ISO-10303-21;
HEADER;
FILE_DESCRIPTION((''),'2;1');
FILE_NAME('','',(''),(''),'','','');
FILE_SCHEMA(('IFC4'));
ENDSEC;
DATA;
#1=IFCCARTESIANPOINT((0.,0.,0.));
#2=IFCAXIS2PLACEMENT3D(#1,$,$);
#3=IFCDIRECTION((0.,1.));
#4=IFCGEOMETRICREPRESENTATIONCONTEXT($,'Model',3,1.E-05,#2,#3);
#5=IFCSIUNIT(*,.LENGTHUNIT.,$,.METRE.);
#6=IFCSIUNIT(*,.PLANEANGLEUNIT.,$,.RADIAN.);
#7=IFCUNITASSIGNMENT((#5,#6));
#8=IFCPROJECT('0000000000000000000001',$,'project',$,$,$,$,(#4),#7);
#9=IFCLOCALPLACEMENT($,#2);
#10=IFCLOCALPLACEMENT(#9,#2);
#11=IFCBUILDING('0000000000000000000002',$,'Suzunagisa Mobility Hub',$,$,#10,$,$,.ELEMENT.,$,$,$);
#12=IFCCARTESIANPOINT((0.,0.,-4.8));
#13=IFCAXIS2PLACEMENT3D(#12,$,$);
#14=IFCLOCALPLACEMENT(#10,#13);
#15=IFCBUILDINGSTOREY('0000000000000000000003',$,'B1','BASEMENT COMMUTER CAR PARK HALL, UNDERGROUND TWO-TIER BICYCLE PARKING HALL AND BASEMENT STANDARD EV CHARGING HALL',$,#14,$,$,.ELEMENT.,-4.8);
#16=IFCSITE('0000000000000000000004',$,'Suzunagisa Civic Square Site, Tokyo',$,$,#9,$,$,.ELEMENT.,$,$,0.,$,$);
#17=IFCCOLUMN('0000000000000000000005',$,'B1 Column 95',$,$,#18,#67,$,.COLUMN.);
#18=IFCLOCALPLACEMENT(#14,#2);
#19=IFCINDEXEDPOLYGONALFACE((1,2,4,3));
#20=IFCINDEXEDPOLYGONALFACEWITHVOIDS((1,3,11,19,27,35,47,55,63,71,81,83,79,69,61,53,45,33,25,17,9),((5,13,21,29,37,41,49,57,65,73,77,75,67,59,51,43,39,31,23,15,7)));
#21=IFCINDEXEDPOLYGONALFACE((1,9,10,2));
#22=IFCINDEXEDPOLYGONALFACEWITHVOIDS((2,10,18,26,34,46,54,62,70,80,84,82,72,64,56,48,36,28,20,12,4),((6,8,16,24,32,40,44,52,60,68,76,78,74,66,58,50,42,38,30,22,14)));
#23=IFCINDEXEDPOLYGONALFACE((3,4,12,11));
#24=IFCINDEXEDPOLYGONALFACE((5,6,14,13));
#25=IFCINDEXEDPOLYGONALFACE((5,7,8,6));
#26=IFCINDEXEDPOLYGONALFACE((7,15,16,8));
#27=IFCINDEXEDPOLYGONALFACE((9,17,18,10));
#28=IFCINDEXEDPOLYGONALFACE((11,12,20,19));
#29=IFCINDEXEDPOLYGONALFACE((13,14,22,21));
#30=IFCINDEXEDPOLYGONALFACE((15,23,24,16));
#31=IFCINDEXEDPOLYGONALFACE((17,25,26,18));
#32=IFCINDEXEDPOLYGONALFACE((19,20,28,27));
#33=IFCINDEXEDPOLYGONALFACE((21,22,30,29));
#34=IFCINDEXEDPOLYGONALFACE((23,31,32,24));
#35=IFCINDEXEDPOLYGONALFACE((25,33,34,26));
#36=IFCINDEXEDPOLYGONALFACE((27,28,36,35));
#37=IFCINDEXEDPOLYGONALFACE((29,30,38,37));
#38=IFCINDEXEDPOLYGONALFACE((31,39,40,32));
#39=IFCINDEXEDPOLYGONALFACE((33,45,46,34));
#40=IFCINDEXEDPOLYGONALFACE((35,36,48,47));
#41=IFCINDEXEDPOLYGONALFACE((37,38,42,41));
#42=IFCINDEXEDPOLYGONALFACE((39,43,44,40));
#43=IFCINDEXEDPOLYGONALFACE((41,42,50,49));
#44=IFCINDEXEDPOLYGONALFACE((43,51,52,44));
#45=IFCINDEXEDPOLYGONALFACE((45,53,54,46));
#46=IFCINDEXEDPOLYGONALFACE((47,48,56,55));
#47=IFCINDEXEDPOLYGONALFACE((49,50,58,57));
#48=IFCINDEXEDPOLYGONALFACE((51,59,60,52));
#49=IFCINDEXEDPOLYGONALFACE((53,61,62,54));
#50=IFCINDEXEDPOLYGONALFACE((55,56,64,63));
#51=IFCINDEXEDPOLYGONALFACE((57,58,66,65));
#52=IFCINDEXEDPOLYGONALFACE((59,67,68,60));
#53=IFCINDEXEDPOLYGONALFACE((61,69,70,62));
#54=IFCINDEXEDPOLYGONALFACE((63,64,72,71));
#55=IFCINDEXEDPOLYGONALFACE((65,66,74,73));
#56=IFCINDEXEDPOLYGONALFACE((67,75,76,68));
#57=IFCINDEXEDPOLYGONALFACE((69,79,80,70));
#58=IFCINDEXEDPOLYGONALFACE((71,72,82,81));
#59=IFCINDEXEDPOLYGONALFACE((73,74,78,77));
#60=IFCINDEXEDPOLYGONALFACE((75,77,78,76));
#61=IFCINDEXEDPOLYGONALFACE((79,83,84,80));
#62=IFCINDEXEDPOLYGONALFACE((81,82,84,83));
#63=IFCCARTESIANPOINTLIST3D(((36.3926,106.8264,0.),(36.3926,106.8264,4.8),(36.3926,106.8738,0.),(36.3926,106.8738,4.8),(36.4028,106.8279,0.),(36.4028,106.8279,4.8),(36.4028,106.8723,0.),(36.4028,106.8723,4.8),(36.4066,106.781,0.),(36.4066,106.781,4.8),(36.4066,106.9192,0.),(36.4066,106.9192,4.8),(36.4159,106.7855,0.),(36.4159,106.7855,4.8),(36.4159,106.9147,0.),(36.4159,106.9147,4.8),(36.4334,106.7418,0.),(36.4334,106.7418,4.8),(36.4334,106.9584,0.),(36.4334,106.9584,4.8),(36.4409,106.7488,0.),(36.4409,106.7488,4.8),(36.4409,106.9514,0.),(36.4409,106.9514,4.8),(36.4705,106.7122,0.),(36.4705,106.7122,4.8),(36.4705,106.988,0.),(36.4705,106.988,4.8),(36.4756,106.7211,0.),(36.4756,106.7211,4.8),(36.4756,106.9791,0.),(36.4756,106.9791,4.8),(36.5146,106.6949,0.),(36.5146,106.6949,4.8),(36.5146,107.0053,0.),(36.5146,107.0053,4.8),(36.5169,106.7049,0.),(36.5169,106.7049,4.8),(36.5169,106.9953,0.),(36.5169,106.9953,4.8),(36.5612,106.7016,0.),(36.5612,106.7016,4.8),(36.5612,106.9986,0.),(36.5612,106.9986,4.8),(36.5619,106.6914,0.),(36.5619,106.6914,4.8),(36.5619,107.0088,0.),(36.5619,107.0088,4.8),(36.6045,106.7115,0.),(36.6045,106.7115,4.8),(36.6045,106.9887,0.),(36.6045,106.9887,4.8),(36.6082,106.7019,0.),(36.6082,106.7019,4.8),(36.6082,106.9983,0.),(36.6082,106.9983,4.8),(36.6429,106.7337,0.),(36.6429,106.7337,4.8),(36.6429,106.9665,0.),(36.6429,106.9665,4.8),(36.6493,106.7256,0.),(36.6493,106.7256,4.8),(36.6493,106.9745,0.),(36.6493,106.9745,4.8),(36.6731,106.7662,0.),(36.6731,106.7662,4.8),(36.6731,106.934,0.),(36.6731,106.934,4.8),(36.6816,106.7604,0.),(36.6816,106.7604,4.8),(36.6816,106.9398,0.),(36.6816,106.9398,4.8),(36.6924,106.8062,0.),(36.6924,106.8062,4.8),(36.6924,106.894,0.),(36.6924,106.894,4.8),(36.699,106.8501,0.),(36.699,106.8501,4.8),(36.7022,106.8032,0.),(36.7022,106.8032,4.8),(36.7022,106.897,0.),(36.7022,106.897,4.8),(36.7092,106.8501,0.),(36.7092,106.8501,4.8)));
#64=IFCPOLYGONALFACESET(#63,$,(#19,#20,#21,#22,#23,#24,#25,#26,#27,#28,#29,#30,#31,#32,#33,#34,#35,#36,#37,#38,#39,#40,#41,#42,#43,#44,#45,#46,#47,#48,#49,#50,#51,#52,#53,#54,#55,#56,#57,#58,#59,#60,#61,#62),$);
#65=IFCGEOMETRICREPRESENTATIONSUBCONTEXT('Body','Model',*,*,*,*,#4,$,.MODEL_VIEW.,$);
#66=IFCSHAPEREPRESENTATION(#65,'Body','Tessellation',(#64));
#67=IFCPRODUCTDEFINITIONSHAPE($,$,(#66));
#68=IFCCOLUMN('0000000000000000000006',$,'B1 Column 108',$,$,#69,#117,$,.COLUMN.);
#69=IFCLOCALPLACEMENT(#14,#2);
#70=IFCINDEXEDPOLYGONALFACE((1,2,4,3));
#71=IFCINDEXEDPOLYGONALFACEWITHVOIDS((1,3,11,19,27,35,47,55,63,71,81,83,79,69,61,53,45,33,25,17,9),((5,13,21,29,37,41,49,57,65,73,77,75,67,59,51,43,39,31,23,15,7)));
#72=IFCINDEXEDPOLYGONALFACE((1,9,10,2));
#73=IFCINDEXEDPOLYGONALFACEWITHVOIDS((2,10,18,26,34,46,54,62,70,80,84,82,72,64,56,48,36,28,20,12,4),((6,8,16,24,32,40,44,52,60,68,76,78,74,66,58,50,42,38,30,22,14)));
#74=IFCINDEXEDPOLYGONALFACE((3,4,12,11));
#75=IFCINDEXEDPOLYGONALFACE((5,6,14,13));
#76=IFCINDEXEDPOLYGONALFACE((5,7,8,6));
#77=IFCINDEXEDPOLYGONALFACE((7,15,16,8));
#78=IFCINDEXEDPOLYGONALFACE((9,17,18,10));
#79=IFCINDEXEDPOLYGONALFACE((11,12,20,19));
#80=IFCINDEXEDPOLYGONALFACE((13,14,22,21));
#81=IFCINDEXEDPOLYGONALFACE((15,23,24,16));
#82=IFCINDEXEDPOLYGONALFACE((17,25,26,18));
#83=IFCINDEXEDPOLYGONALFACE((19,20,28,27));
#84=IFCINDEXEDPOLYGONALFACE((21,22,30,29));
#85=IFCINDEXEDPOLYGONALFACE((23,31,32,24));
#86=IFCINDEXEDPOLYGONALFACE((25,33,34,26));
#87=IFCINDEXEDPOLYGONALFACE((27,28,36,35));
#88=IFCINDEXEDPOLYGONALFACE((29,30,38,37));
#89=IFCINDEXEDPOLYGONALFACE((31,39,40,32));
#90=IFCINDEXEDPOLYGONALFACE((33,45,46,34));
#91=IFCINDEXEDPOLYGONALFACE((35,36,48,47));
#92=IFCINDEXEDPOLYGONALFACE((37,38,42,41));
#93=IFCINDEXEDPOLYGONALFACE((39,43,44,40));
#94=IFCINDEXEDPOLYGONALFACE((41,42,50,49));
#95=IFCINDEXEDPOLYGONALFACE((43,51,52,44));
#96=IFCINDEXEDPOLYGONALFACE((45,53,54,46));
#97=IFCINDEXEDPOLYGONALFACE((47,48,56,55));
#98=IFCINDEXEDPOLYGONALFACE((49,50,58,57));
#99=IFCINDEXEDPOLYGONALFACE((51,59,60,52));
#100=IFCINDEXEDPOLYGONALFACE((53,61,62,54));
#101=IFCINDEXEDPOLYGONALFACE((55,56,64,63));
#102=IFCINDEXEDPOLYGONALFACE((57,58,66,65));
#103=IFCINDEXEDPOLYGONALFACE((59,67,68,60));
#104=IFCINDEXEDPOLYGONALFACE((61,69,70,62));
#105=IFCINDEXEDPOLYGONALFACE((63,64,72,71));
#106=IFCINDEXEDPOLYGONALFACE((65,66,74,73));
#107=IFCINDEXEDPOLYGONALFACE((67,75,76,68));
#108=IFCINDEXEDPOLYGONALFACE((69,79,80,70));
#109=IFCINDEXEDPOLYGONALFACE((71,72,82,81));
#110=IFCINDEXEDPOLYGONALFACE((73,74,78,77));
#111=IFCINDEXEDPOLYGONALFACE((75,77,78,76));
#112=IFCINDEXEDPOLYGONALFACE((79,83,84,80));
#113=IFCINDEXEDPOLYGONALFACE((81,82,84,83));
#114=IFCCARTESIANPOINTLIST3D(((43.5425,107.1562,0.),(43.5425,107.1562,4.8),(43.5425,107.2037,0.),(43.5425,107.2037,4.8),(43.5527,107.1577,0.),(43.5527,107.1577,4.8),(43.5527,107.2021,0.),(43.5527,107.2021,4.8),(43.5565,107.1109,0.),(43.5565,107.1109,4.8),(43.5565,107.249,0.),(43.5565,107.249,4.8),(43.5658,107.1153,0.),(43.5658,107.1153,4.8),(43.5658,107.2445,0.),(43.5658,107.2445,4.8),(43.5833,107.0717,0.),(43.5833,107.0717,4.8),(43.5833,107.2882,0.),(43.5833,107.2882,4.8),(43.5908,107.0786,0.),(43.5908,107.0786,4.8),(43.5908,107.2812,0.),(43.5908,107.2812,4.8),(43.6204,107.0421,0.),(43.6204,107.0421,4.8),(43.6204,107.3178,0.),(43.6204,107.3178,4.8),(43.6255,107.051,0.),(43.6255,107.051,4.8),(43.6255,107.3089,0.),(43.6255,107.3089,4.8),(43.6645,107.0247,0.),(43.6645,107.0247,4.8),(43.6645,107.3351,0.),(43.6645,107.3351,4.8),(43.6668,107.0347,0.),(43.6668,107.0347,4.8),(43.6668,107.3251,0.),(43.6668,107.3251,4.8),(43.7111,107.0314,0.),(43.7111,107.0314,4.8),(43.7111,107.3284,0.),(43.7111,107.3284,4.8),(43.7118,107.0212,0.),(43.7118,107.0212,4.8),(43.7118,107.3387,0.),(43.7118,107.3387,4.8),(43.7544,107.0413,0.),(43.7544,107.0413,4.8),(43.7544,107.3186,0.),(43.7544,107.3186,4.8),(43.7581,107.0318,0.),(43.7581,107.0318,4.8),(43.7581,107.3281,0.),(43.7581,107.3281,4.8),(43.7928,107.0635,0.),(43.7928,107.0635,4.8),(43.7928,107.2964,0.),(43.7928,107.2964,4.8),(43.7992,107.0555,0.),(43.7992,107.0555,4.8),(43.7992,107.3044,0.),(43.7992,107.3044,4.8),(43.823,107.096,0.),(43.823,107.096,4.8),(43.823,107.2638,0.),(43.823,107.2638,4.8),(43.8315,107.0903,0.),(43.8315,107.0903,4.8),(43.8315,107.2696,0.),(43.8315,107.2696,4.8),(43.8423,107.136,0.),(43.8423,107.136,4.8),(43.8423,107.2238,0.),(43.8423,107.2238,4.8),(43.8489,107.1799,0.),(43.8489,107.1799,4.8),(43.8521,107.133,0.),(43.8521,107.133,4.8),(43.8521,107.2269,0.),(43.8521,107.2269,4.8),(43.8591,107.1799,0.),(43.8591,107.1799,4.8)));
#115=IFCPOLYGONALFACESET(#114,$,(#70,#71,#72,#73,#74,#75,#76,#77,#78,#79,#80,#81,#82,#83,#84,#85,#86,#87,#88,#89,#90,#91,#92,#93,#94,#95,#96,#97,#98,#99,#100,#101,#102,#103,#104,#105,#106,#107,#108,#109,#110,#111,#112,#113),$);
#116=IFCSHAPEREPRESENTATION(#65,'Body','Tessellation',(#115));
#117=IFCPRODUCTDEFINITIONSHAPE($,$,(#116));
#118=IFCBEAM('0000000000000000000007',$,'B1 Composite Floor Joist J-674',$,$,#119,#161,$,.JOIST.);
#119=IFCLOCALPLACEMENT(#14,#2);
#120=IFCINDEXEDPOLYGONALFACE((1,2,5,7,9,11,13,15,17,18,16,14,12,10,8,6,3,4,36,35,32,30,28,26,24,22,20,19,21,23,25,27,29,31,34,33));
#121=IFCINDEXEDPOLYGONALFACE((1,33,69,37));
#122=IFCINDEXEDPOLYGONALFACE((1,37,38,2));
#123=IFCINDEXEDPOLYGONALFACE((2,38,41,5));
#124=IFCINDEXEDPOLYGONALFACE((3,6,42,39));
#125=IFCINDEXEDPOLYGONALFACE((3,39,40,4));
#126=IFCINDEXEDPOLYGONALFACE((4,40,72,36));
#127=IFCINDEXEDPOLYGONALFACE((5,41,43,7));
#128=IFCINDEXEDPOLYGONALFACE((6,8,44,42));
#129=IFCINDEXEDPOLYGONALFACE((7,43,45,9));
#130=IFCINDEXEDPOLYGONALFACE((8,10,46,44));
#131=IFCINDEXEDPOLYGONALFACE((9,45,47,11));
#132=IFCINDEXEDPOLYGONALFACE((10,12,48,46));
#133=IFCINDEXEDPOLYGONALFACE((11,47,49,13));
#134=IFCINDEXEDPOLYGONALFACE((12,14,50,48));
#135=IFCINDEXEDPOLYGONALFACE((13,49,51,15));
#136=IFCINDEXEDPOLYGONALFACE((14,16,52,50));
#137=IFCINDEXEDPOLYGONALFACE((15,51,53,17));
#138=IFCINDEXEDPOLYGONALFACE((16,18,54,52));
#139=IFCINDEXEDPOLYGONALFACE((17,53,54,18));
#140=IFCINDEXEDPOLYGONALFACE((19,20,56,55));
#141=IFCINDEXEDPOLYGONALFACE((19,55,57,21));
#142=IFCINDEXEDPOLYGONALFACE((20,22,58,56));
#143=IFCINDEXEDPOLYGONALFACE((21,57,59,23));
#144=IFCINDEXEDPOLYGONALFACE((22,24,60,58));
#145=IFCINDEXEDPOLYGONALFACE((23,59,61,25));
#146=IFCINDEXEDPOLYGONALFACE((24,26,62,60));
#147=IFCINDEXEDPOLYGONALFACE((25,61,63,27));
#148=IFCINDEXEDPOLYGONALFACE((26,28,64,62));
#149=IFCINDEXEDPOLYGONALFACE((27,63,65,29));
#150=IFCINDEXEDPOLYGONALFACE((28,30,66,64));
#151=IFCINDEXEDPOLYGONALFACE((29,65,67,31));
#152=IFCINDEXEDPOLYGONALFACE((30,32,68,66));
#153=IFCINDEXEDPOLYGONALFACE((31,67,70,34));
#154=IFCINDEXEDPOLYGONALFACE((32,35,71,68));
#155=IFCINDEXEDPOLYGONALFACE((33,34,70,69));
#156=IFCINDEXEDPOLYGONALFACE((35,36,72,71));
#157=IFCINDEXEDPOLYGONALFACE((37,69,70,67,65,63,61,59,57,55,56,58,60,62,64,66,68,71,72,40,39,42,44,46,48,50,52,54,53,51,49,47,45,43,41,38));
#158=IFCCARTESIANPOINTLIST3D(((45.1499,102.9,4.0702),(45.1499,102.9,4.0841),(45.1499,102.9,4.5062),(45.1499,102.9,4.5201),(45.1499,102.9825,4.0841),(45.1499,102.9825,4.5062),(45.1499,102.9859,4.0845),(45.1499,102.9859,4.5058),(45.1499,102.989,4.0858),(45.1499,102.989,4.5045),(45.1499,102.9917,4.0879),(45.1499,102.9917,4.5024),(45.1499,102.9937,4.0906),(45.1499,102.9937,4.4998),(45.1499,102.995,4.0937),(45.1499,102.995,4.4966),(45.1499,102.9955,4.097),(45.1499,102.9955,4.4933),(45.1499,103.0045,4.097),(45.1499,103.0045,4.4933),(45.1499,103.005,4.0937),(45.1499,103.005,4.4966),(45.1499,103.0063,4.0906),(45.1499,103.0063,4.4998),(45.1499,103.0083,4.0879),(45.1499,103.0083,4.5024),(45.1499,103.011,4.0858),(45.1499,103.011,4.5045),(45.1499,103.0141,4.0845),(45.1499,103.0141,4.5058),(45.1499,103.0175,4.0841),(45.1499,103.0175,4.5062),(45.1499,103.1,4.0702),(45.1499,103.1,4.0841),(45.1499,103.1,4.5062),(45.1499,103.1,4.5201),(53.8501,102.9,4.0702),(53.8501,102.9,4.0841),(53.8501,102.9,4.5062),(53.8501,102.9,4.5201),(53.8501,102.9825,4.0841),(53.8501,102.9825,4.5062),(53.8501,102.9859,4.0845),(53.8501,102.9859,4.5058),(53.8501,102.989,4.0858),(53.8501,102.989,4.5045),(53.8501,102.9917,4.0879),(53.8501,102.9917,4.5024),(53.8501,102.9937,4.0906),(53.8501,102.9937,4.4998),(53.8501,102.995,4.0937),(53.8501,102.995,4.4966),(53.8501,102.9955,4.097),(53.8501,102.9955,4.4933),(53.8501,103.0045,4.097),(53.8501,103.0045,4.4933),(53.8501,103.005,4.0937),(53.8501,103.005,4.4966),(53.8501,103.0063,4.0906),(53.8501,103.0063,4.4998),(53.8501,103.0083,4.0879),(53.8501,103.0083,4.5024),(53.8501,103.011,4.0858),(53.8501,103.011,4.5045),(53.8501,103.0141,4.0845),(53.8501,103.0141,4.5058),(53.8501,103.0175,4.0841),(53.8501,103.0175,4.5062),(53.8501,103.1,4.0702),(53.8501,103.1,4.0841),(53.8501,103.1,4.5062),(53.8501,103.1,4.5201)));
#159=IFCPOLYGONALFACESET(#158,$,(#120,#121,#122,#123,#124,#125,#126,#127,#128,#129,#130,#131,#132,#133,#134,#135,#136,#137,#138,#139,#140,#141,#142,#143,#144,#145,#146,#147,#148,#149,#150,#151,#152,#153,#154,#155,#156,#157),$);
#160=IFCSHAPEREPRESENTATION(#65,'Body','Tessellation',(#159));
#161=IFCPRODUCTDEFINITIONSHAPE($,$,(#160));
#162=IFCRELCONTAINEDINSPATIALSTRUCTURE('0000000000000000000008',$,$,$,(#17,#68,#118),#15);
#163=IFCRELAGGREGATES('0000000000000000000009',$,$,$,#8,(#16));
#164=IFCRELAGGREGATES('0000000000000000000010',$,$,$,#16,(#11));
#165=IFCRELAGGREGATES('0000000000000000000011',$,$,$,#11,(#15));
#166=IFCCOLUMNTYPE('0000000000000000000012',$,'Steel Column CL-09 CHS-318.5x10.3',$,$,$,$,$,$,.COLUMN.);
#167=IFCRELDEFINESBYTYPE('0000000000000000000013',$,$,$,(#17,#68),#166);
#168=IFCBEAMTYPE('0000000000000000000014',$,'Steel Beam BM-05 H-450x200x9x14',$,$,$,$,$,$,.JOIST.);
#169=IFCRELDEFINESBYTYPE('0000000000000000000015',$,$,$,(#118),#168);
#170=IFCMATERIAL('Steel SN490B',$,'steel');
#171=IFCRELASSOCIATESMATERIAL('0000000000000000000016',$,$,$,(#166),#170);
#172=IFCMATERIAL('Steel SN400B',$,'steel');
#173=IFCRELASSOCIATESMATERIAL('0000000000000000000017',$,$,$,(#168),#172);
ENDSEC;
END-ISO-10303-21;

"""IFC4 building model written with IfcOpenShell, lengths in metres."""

from ifc_helpers import new_model, si_unit, direction, frame, origin, origin_2d, place, context, subcontext, project, spatial, hollow_circle, i_section, extrude, material, material_profile, profile_set, type_object, element, save


model = new_model("IFC4")

# Units and contexts
model_context = context("Model", 3, precision=1e-05, world=origin(), true_north=direction((0.0, 1.0)))
body_context = subcontext(model_context, "Body", "Model", "MODEL_VIEW")
ifc_project = project(units=[si_unit("LENGTHUNIT", "METRE"), si_unit("PLANEANGLEUNIT", "RADIAN")], contexts=[model_context])

# Site, building, storey
site_placement = place(None, origin())
site = spatial("IfcSite", under=ifc_project, at=site_placement, Name="Suzunagisa Civic Square Site, Tokyo", CompositionType="ELEMENT", RefElevation=0.0)
building_placement = place(site_placement, origin())
building = spatial("IfcBuilding", under=site, at=building_placement, Name="Suzunagisa Mobility Hub", CompositionType="ELEMENT")
storey_placement = place(building_placement, frame((0.0, 0.0, -4.8)))
storey = spatial("IfcBuildingStorey", under=building, at=storey_placement, Name="B1", Description="BASEMENT COMMUTER CAR PARK HALL, UNDERGROUND TWO-TIER BICYCLE PARKING HALL AND BASEMENT STANDARD EV CHARGING HALL", CompositionType="ELEMENT", Elevation=-4.8)

# Columns
ifc_material_1 = material(Name="Steel SN490B", Category="steel")
ifc_material_profile_1 = material_profile(ifc_material_1, hollow_circle(Radius=0.1592, WallThickness=0.0103, at=origin_2d()), Name="CHS-318.5x10.3")
ifc_profile_set_1 = profile_set([ifc_material_profile_1], Name="Steel SN490B")
column_type = type_object("IfcColumnType", Name="Steel Column CL-09 CHS-318.5x10.3", PredefinedType="COLUMN", material=ifc_profile_set_1)
for number, where, z_axis, x_axis, name in (
    (1, (36.55, 106.8501, 0.0), (0.0, 0.0, 1.0), (1.0, 0.0, 0.0), "B1 Column 95"),
    (2, (43.7, 107.1799, 0.0), (0.0, 0.0, 1.0), (1.0, 0.0, 0.0), "B1 Column 108"),
):
    element("IfcColumn", number, at=place(storey_placement, frame(where, z_axis=z_axis, x_axis=x_axis)), inside=storey, type_object=column_type, Name=name, PredefinedType="COLUMN", context=body_context, shape_type="SweptSolid", body=[
        extrude(hollow_circle(Radius=0.1592, WallThickness=0.0103, at=origin_2d()), origin(), (0.0, 0.0, 1.0), 4.8),
    ])

# Beam
ifc_material_2 = material(Name="Steel SN400B", Category="steel")
ifc_material_profile_2 = material_profile(ifc_material_2, i_section(OverallWidth=0.2, OverallDepth=0.45, WebThickness=0.009, FlangeThickness=0.0139, FilletRadius=0.0129, at=origin_2d()), Name="H-450x200x9x14")
ifc_profile_set_2 = profile_set([ifc_material_profile_2], Name="Steel SN400B")
beam_type_1 = type_object("IfcBeamType", Name="Steel Beam BM-05 H-450x200x9x14", PredefinedType="JOIST", material=ifc_profile_set_2)
beam_1_placement = place(storey_placement, frame((45.1499, 103.0, 4.2952), z_axis=(1.0, 0.0, 0.0), x_axis=(0.0, 1.0, 0.0)))
element("IfcBeam", 3, at=beam_1_placement, inside=storey, type_object=beam_type_1, Name="B1 Composite Floor Joist J-674", PredefinedType="JOIST", context=body_context, shape_type="SweptSolid", body=[
    extrude(i_section(OverallWidth=0.2, OverallDepth=0.45, WebThickness=0.009, FlangeThickness=0.0139, FilletRadius=0.0129, at=origin_2d()), origin(), (0.0, 0.0, 1.0), 8.7002),
])

save(model, "model.ifc")
